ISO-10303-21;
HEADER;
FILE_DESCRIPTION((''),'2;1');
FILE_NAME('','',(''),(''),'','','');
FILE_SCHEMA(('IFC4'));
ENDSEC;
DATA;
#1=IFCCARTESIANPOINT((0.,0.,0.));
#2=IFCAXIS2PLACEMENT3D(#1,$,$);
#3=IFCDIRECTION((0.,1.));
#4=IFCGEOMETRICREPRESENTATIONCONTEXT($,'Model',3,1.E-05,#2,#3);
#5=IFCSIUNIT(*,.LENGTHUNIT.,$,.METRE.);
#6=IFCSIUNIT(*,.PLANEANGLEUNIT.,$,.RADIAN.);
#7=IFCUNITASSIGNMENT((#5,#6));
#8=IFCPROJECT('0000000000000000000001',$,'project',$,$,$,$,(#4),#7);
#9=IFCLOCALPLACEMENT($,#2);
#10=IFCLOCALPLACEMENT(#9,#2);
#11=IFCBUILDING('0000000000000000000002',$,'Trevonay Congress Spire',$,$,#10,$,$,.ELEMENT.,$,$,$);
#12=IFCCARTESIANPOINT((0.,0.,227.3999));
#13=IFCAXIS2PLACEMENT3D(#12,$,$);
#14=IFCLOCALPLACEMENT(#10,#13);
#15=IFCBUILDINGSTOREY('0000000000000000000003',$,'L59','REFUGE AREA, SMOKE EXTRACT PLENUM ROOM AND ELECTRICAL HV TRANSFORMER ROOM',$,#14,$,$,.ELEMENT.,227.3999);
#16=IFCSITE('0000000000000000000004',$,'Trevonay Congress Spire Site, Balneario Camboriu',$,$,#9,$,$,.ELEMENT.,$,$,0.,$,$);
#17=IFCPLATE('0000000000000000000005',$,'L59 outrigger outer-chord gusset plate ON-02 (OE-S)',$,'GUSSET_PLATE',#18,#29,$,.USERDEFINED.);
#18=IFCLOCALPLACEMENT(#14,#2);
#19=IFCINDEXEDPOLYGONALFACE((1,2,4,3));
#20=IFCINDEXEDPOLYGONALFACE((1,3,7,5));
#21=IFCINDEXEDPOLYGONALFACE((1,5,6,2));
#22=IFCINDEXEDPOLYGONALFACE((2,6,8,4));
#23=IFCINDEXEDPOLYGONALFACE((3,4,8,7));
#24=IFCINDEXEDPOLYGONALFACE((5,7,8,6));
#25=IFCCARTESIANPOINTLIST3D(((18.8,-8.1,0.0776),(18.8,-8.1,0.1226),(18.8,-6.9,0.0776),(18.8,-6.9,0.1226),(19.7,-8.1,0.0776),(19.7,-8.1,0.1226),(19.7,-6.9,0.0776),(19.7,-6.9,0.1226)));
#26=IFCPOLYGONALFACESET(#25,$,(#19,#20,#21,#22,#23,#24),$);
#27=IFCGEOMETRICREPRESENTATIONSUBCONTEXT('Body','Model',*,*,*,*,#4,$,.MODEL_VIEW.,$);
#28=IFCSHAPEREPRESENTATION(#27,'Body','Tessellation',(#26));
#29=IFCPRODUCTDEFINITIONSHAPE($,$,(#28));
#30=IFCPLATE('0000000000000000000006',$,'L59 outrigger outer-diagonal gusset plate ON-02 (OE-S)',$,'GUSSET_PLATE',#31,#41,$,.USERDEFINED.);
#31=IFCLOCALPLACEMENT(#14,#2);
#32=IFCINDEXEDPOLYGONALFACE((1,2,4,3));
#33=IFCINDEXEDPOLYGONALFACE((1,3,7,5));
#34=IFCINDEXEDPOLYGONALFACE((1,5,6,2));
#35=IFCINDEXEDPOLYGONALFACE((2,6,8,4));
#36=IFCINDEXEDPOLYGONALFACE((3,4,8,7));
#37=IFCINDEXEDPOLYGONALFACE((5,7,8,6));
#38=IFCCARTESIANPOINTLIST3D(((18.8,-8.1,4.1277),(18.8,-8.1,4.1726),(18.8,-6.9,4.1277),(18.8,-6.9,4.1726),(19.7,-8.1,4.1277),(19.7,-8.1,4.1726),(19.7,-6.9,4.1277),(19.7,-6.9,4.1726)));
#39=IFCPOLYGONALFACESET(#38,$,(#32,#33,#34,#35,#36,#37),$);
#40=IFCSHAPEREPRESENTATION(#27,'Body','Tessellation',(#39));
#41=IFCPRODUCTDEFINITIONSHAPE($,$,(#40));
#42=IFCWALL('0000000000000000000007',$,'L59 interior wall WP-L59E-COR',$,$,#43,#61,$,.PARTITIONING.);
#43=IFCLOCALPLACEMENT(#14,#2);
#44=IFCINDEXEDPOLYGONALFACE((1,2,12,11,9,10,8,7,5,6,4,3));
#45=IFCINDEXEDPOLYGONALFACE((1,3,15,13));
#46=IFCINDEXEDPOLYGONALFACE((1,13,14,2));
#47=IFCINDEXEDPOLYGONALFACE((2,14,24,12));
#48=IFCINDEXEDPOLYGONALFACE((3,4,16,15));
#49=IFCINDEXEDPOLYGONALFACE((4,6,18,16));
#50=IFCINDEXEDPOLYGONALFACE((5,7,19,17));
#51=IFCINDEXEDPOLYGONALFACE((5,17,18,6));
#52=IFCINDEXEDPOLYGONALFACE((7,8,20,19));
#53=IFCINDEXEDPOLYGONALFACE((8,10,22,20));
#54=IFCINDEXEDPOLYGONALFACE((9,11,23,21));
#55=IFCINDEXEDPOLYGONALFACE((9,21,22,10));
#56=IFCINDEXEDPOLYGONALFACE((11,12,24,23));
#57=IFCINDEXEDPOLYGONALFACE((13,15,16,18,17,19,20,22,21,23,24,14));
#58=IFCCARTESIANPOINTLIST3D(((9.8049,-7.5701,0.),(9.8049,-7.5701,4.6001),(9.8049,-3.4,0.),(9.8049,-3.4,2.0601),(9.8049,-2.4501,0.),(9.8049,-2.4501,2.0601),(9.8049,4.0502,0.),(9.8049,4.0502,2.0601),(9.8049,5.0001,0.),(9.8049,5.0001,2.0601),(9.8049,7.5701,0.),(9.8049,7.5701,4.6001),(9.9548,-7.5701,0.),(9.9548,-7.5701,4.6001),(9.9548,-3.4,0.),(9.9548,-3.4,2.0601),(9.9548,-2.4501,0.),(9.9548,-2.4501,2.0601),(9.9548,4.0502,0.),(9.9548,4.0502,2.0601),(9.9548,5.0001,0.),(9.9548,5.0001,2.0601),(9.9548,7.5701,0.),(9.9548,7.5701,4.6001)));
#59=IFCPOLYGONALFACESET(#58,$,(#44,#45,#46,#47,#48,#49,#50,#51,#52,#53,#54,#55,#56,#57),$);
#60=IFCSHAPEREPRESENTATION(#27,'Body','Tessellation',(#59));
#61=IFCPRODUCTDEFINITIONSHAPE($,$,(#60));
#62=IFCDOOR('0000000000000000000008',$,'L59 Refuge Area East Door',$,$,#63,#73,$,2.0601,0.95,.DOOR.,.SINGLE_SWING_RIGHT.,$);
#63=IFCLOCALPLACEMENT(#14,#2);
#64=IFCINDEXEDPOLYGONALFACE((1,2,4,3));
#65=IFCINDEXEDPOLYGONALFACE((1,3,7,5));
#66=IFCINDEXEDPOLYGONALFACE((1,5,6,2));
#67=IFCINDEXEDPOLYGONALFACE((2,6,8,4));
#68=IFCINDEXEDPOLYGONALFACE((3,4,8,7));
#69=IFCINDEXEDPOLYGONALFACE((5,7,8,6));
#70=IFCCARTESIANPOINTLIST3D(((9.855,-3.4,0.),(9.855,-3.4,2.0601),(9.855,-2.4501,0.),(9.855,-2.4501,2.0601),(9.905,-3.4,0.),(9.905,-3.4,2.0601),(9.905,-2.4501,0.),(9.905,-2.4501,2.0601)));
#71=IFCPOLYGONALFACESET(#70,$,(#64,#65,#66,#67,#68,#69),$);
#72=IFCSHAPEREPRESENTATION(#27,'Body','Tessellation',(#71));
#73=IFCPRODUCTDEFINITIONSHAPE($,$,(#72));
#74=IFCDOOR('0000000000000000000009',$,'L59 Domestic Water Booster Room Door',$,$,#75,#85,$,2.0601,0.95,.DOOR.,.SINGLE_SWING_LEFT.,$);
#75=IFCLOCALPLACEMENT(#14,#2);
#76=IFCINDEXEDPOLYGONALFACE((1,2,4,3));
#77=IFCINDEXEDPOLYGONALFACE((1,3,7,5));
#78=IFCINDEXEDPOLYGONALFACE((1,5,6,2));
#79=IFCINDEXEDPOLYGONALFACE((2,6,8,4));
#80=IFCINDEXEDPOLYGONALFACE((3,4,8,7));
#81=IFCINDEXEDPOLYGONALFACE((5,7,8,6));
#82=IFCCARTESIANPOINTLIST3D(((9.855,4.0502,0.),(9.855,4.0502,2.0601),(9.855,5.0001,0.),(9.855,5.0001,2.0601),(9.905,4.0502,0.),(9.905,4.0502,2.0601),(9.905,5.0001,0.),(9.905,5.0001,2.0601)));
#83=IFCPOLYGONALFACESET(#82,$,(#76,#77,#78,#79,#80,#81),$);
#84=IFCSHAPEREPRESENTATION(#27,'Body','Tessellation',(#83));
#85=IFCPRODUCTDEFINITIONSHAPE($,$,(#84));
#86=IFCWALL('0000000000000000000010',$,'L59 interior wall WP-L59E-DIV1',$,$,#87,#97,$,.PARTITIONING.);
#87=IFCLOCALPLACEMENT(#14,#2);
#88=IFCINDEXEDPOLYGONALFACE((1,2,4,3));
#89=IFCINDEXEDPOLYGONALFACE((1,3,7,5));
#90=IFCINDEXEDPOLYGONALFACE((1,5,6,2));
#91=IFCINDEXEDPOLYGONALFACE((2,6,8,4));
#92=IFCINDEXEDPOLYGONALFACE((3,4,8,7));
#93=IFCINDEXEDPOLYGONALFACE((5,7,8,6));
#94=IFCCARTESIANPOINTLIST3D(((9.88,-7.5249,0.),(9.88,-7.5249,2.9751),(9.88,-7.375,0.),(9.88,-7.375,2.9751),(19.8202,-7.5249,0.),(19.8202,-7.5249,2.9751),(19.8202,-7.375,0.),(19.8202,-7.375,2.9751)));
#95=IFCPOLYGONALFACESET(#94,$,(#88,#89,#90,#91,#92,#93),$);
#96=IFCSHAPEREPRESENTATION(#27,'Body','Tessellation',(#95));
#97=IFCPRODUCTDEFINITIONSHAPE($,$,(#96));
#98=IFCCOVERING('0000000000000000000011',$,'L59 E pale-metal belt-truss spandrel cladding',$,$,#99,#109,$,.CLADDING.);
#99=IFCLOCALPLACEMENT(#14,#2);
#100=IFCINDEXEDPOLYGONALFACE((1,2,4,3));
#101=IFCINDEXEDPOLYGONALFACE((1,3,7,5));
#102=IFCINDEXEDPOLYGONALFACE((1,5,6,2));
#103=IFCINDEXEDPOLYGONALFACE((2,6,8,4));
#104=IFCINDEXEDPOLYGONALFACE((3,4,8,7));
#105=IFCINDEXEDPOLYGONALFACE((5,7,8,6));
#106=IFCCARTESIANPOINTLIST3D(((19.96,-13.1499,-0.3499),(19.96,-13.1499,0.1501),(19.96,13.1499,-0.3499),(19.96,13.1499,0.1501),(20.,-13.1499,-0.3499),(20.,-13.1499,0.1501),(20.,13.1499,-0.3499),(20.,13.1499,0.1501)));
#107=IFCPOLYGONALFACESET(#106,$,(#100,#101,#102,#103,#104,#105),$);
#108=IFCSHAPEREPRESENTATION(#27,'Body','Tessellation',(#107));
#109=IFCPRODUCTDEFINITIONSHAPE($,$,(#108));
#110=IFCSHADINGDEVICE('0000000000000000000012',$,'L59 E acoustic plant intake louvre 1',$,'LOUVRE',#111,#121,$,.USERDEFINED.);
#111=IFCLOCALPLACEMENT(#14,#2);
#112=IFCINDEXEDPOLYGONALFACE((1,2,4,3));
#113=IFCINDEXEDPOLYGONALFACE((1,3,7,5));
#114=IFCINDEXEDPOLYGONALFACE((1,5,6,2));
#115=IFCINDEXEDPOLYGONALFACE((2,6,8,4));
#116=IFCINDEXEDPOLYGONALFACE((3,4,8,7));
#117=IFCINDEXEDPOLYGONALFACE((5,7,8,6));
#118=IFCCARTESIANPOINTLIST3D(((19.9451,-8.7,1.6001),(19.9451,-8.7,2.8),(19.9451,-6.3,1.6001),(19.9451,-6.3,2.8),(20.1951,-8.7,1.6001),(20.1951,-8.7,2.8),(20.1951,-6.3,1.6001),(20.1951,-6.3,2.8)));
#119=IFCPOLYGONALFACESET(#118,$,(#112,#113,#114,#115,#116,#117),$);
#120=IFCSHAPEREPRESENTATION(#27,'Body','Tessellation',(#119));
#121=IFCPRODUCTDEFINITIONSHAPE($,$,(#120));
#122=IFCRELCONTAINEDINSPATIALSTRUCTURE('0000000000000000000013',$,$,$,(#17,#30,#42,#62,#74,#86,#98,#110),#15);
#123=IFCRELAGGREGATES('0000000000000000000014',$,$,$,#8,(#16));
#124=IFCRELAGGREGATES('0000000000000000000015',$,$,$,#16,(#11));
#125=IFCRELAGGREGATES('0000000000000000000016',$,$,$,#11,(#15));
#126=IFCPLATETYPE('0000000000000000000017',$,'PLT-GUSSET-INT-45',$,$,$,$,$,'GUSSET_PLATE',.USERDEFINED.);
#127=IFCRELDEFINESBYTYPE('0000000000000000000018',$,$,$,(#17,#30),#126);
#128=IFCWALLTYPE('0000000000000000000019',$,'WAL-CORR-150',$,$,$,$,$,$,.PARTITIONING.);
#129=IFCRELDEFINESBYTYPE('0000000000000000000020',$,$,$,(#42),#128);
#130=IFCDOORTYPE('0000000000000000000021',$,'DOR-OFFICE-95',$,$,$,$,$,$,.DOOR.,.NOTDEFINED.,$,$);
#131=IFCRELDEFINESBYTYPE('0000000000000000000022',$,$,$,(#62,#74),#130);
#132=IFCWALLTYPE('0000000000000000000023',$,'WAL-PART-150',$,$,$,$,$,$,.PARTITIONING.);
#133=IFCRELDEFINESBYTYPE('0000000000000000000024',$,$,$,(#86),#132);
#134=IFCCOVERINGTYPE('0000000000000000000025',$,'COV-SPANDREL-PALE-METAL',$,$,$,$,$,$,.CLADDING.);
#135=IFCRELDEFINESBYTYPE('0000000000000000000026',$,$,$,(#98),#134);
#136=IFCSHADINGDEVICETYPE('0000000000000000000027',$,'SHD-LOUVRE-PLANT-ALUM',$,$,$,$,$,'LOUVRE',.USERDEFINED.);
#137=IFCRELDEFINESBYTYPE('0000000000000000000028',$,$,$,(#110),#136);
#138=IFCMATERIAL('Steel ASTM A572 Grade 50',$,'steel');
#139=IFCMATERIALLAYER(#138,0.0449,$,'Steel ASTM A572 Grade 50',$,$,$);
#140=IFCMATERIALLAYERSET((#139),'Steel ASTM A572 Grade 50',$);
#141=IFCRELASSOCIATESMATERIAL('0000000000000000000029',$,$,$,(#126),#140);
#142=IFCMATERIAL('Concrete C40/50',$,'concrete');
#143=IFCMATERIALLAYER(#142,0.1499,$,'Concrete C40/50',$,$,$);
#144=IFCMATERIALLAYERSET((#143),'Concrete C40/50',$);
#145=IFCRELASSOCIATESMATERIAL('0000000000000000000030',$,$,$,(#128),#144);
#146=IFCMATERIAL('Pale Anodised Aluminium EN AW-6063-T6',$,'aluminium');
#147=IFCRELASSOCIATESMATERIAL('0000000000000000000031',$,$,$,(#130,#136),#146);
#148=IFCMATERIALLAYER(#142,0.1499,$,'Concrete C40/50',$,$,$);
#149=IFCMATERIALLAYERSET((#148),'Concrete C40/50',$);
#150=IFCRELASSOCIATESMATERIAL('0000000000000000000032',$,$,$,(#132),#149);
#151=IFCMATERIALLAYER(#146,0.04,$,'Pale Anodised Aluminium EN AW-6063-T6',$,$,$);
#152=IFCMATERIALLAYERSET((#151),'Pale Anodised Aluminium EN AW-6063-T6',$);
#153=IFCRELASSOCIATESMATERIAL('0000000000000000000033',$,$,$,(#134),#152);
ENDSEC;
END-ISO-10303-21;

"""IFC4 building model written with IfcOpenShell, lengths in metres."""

from ifc_helpers import new_model, si_unit, direction, frame, frame_2d, origin, origin_2d, place, context, subcontext, project, spatial, rectangle, extrude, material, layer, layer_set, type_object, element, fill, save


model = new_model("IFC4")

# Units and contexts
model_context = context("Model", 3, precision=1e-05, world=origin(), true_north=direction((0.0, 1.0)))
body_context = subcontext(model_context, "Body", "Model", "MODEL_VIEW")
ifc_project = project(units=[si_unit("LENGTHUNIT", "METRE"), si_unit("PLANEANGLEUNIT", "RADIAN")], contexts=[model_context])

# Site, building, storey
site_placement = place(None, origin())
site = spatial("IfcSite", under=ifc_project, at=site_placement, Name="Trevonay Congress Spire Site, Balneario Camboriu", CompositionType="ELEMENT", RefElevation=0.0)
building_placement = place(site_placement, origin())
building = spatial("IfcBuilding", under=site, at=building_placement, Name="Trevonay Congress Spire", CompositionType="ELEMENT")
storey_placement = place(building_placement, frame((0.0, 0.0, 227.3999)))
storey = spatial("IfcBuildingStorey", under=building, at=storey_placement, Name="L59", Description="REFUGE AREA, SMOKE EXTRACT PLENUM ROOM AND ELECTRICAL HV TRANSFORMER ROOM", CompositionType="ELEMENT", Elevation=227.3999)

# Shared definitions
ifc_material_1 = material(Name="Steel ASTM A572 Grade 50", Category="steel")

# Plates
ifc_layer_1 = layer(ifc_material_1, 0.0449, Name="Steel ASTM A572 Grade 50")
ifc_layer_set_1 = layer_set([ifc_layer_1], Name="Steel ASTM A572 Grade 50")
plate_type_1 = type_object("IfcPlateType", Name="PLT-GUSSET-INT-45", ElementType="GUSSET_PLATE", PredefinedType="USERDEFINED", material=ifc_layer_set_1)
for number, where, z_axis, x_axis, name in (
    (1, (19.25, -7.5, 0.0776), (0.0, 0.0, 1.0), (0.0, 1.0, 0.0), "L59 outrigger outer-chord gusset plate ON-02 (OE-S)"),
    (2, (19.25, -7.5, 4.1277), (0.0, 0.0, 1.0), (0.0, 1.0, 0.0), "L59 outrigger outer-diagonal gusset plate ON-02 (OE-S)"),
):
    element("IfcPlate", number, at=place(storey_placement, frame(where, z_axis=z_axis, x_axis=x_axis)), inside=storey, type_object=plate_type_1, Name=name, ObjectType="GUSSET_PLATE", PredefinedType="USERDEFINED", context=body_context, shape_type="SweptSolid", body=[
        extrude(rectangle(XDim=1.2, YDim=0.8999, at=origin_2d()), origin(), (0.0, 0.0, 1.0), 0.0449),
    ])

# Wall, openings, doors
ifc_material_2 = material(Name="Concrete C40/50", Category="concrete")
ifc_layer_2 = layer(ifc_material_2, 0.1499, Name="Concrete C40/50")
ifc_layer_set_2 = layer_set([ifc_layer_2], Name="Concrete C40/50")
wall_type_1 = type_object("IfcWallType", Name="WAL-CORR-150", PredefinedType="PARTITIONING", material=ifc_layer_set_2)
wall_1_placement = place(storey_placement, frame((9.8799, -7.5701, 0.0), z_axis=(0.0, 0.0, 1.0), x_axis=(0.0, 1.0, 0.0)))
wall_1 = element("IfcWall", 3, at=wall_1_placement, inside=storey, type_object=wall_type_1, Name="L59 interior wall WP-L59E-COR", PredefinedType="PARTITIONING", context=body_context, shape_type="SweptSolid", body=[
    extrude(rectangle(XDim=15.1401, YDim=0.1499, at=frame_2d((7.5701, 0.0))), origin(), (0.0, 0.0, 1.0), 4.6001),
])
opening_1_placement = place(wall_1_placement, frame((4.1699, 0.0, 0.0)))
opening_1 = element("IfcOpeningElement", 4, at=opening_1_placement, cuts=wall_1, PredefinedType="OPENING", context=body_context, shape_type="SweptSolid", body=[
    extrude(rectangle(XDim=0.95, YDim=2.0601, at=frame_2d((0.4751, 1.03))), frame((0.0, 0.085, 0.0), z_axis=(0.0, -1.0, 0.0), x_axis=(1.0, 0.0, 0.0)), (0.0, 0.0, 1.0), 0.1699),
])
opening_2_placement = place(wall_1_placement, frame((11.6201, 0.0, 0.0)))
opening_2 = element("IfcOpeningElement", 5, at=opening_2_placement, cuts=wall_1, PredefinedType="OPENING", context=body_context, shape_type="SweptSolid", body=[
    extrude(rectangle(XDim=0.95, YDim=2.0601, at=frame_2d((0.4751, 1.03))), frame((0.0, 0.085, 0.0), z_axis=(0.0, -1.0, 0.0), x_axis=(1.0, 0.0, 0.0)), (0.0, 0.0, 1.0), 0.1699),
])
ifc_material_3 = material(Name="Pale Anodised Aluminium EN AW-6063-T6", Category="aluminium")
door_type = type_object("IfcDoorType", Name="DOR-OFFICE-95", OperationType="NOTDEFINED", PredefinedType="DOOR", material=ifc_material_3)
door_1_placement = place(opening_1_placement, origin())
door_1 = element("IfcDoor", 6, at=door_1_placement, inside=storey, type_object=door_type, Name="L59 Refuge Area East Door", OperationType="SINGLE_SWING_RIGHT", OverallHeight=2.0601, OverallWidth=0.95, PredefinedType="DOOR", context=body_context, shape_type="SweptSolid", body=[
    extrude(rectangle(XDim=0.95, YDim=2.0601, at=frame_2d((0.4751, 1.03))), frame((0.0, 0.0249, 0.0), z_axis=(0.0, -1.0, 0.0), x_axis=(1.0, 0.0, 0.0)), (0.0, 0.0, 1.0), 0.05),
])
fill(opening_1, door_1)
door_2_placement = place(opening_2_placement, origin())
door_2 = element("IfcDoor", 7, at=door_2_placement, inside=storey, type_object=door_type, Name="L59 Domestic Water Booster Room Door", OperationType="SINGLE_SWING_LEFT", OverallHeight=2.0601, OverallWidth=0.95, PredefinedType="DOOR", context=body_context, shape_type="SweptSolid", body=[
    extrude(rectangle(XDim=0.95, YDim=2.0601, at=frame_2d((0.4751, 1.03))), frame((0.0, 0.0249, 0.0), z_axis=(0.0, -1.0, 0.0), x_axis=(1.0, 0.0, 0.0)), (0.0, 0.0, 1.0), 0.05),
])
fill(opening_2, door_2)

# Wall
ifc_layer_3 = layer(ifc_material_2, 0.1499, Name="Concrete C40/50")
ifc_layer_set_3 = layer_set([ifc_layer_3], Name="Concrete C40/50")
wall_type_2 = type_object("IfcWallType", Name="WAL-PART-150", PredefinedType="PARTITIONING", material=ifc_layer_set_3)
wall_2_placement = place(storey_placement, frame((9.8799, -7.45, 0.0), z_axis=(0.0, 0.0, 1.0), x_axis=(1.0, 0.0, 0.0)))
element("IfcWall", 8, at=wall_2_placement, inside=storey, type_object=wall_type_2, Name="L59 interior wall WP-L59E-DIV1", PredefinedType="PARTITIONING", context=body_context, shape_type="SweptSolid", body=[
    extrude(rectangle(XDim=9.9402, YDim=0.1499, at=frame_2d((4.9702, 0.0))), origin(), (0.0, 0.0, 1.0), 2.9751),
])

# Covering
ifc_layer_4 = layer(ifc_material_3, 0.04, Name="Pale Anodised Aluminium EN AW-6063-T6")
ifc_layer_set_4 = layer_set([ifc_layer_4], Name="Pale Anodised Aluminium EN AW-6063-T6")
covering_type = type_object("IfcCoveringType", Name="COV-SPANDREL-PALE-METAL", PredefinedType="CLADDING", material=ifc_layer_set_4)
covering_placement = place(storey_placement, frame((19.98, -13.1499, -0.3499), z_axis=(0.0, 0.0, 1.0), x_axis=(0.0, 1.0, 0.0)))
element("IfcCovering", 9, at=covering_placement, inside=storey, type_object=covering_type, Name="L59 E pale-metal belt-truss spandrel cladding", PredefinedType="CLADDING", context=body_context, shape_type="SweptSolid", body=[
    extrude(rectangle(XDim=26.2998, YDim=0.04, at=frame_2d((13.1499, 0.0))), origin(), (0.0, 0.0, 1.0), 0.5),
])

# Shading device
shading_device_type = type_object("IfcShadingDeviceType", Name="SHD-LOUVRE-PLANT-ALUM", ElementType="LOUVRE", PredefinedType="USERDEFINED", material=ifc_material_3)
shading_device_placement = place(storey_placement, frame((20.0701, -7.5, 1.6001), z_axis=(0.0, 0.0, 1.0), x_axis=(0.0, 1.0, 0.0)))
element("IfcShadingDevice", 10, at=shading_device_placement, inside=storey, type_object=shading_device_type, Name="L59 E acoustic plant intake louvre 1", ObjectType="LOUVRE", PredefinedType="USERDEFINED", context=body_context, shape_type="SweptSolid", body=[
    extrude(rectangle(XDim=2.3999, YDim=0.25, at=origin_2d()), origin(), (0.0, 0.0, 1.0), 1.2),
])

save(model, "model.ifc")
